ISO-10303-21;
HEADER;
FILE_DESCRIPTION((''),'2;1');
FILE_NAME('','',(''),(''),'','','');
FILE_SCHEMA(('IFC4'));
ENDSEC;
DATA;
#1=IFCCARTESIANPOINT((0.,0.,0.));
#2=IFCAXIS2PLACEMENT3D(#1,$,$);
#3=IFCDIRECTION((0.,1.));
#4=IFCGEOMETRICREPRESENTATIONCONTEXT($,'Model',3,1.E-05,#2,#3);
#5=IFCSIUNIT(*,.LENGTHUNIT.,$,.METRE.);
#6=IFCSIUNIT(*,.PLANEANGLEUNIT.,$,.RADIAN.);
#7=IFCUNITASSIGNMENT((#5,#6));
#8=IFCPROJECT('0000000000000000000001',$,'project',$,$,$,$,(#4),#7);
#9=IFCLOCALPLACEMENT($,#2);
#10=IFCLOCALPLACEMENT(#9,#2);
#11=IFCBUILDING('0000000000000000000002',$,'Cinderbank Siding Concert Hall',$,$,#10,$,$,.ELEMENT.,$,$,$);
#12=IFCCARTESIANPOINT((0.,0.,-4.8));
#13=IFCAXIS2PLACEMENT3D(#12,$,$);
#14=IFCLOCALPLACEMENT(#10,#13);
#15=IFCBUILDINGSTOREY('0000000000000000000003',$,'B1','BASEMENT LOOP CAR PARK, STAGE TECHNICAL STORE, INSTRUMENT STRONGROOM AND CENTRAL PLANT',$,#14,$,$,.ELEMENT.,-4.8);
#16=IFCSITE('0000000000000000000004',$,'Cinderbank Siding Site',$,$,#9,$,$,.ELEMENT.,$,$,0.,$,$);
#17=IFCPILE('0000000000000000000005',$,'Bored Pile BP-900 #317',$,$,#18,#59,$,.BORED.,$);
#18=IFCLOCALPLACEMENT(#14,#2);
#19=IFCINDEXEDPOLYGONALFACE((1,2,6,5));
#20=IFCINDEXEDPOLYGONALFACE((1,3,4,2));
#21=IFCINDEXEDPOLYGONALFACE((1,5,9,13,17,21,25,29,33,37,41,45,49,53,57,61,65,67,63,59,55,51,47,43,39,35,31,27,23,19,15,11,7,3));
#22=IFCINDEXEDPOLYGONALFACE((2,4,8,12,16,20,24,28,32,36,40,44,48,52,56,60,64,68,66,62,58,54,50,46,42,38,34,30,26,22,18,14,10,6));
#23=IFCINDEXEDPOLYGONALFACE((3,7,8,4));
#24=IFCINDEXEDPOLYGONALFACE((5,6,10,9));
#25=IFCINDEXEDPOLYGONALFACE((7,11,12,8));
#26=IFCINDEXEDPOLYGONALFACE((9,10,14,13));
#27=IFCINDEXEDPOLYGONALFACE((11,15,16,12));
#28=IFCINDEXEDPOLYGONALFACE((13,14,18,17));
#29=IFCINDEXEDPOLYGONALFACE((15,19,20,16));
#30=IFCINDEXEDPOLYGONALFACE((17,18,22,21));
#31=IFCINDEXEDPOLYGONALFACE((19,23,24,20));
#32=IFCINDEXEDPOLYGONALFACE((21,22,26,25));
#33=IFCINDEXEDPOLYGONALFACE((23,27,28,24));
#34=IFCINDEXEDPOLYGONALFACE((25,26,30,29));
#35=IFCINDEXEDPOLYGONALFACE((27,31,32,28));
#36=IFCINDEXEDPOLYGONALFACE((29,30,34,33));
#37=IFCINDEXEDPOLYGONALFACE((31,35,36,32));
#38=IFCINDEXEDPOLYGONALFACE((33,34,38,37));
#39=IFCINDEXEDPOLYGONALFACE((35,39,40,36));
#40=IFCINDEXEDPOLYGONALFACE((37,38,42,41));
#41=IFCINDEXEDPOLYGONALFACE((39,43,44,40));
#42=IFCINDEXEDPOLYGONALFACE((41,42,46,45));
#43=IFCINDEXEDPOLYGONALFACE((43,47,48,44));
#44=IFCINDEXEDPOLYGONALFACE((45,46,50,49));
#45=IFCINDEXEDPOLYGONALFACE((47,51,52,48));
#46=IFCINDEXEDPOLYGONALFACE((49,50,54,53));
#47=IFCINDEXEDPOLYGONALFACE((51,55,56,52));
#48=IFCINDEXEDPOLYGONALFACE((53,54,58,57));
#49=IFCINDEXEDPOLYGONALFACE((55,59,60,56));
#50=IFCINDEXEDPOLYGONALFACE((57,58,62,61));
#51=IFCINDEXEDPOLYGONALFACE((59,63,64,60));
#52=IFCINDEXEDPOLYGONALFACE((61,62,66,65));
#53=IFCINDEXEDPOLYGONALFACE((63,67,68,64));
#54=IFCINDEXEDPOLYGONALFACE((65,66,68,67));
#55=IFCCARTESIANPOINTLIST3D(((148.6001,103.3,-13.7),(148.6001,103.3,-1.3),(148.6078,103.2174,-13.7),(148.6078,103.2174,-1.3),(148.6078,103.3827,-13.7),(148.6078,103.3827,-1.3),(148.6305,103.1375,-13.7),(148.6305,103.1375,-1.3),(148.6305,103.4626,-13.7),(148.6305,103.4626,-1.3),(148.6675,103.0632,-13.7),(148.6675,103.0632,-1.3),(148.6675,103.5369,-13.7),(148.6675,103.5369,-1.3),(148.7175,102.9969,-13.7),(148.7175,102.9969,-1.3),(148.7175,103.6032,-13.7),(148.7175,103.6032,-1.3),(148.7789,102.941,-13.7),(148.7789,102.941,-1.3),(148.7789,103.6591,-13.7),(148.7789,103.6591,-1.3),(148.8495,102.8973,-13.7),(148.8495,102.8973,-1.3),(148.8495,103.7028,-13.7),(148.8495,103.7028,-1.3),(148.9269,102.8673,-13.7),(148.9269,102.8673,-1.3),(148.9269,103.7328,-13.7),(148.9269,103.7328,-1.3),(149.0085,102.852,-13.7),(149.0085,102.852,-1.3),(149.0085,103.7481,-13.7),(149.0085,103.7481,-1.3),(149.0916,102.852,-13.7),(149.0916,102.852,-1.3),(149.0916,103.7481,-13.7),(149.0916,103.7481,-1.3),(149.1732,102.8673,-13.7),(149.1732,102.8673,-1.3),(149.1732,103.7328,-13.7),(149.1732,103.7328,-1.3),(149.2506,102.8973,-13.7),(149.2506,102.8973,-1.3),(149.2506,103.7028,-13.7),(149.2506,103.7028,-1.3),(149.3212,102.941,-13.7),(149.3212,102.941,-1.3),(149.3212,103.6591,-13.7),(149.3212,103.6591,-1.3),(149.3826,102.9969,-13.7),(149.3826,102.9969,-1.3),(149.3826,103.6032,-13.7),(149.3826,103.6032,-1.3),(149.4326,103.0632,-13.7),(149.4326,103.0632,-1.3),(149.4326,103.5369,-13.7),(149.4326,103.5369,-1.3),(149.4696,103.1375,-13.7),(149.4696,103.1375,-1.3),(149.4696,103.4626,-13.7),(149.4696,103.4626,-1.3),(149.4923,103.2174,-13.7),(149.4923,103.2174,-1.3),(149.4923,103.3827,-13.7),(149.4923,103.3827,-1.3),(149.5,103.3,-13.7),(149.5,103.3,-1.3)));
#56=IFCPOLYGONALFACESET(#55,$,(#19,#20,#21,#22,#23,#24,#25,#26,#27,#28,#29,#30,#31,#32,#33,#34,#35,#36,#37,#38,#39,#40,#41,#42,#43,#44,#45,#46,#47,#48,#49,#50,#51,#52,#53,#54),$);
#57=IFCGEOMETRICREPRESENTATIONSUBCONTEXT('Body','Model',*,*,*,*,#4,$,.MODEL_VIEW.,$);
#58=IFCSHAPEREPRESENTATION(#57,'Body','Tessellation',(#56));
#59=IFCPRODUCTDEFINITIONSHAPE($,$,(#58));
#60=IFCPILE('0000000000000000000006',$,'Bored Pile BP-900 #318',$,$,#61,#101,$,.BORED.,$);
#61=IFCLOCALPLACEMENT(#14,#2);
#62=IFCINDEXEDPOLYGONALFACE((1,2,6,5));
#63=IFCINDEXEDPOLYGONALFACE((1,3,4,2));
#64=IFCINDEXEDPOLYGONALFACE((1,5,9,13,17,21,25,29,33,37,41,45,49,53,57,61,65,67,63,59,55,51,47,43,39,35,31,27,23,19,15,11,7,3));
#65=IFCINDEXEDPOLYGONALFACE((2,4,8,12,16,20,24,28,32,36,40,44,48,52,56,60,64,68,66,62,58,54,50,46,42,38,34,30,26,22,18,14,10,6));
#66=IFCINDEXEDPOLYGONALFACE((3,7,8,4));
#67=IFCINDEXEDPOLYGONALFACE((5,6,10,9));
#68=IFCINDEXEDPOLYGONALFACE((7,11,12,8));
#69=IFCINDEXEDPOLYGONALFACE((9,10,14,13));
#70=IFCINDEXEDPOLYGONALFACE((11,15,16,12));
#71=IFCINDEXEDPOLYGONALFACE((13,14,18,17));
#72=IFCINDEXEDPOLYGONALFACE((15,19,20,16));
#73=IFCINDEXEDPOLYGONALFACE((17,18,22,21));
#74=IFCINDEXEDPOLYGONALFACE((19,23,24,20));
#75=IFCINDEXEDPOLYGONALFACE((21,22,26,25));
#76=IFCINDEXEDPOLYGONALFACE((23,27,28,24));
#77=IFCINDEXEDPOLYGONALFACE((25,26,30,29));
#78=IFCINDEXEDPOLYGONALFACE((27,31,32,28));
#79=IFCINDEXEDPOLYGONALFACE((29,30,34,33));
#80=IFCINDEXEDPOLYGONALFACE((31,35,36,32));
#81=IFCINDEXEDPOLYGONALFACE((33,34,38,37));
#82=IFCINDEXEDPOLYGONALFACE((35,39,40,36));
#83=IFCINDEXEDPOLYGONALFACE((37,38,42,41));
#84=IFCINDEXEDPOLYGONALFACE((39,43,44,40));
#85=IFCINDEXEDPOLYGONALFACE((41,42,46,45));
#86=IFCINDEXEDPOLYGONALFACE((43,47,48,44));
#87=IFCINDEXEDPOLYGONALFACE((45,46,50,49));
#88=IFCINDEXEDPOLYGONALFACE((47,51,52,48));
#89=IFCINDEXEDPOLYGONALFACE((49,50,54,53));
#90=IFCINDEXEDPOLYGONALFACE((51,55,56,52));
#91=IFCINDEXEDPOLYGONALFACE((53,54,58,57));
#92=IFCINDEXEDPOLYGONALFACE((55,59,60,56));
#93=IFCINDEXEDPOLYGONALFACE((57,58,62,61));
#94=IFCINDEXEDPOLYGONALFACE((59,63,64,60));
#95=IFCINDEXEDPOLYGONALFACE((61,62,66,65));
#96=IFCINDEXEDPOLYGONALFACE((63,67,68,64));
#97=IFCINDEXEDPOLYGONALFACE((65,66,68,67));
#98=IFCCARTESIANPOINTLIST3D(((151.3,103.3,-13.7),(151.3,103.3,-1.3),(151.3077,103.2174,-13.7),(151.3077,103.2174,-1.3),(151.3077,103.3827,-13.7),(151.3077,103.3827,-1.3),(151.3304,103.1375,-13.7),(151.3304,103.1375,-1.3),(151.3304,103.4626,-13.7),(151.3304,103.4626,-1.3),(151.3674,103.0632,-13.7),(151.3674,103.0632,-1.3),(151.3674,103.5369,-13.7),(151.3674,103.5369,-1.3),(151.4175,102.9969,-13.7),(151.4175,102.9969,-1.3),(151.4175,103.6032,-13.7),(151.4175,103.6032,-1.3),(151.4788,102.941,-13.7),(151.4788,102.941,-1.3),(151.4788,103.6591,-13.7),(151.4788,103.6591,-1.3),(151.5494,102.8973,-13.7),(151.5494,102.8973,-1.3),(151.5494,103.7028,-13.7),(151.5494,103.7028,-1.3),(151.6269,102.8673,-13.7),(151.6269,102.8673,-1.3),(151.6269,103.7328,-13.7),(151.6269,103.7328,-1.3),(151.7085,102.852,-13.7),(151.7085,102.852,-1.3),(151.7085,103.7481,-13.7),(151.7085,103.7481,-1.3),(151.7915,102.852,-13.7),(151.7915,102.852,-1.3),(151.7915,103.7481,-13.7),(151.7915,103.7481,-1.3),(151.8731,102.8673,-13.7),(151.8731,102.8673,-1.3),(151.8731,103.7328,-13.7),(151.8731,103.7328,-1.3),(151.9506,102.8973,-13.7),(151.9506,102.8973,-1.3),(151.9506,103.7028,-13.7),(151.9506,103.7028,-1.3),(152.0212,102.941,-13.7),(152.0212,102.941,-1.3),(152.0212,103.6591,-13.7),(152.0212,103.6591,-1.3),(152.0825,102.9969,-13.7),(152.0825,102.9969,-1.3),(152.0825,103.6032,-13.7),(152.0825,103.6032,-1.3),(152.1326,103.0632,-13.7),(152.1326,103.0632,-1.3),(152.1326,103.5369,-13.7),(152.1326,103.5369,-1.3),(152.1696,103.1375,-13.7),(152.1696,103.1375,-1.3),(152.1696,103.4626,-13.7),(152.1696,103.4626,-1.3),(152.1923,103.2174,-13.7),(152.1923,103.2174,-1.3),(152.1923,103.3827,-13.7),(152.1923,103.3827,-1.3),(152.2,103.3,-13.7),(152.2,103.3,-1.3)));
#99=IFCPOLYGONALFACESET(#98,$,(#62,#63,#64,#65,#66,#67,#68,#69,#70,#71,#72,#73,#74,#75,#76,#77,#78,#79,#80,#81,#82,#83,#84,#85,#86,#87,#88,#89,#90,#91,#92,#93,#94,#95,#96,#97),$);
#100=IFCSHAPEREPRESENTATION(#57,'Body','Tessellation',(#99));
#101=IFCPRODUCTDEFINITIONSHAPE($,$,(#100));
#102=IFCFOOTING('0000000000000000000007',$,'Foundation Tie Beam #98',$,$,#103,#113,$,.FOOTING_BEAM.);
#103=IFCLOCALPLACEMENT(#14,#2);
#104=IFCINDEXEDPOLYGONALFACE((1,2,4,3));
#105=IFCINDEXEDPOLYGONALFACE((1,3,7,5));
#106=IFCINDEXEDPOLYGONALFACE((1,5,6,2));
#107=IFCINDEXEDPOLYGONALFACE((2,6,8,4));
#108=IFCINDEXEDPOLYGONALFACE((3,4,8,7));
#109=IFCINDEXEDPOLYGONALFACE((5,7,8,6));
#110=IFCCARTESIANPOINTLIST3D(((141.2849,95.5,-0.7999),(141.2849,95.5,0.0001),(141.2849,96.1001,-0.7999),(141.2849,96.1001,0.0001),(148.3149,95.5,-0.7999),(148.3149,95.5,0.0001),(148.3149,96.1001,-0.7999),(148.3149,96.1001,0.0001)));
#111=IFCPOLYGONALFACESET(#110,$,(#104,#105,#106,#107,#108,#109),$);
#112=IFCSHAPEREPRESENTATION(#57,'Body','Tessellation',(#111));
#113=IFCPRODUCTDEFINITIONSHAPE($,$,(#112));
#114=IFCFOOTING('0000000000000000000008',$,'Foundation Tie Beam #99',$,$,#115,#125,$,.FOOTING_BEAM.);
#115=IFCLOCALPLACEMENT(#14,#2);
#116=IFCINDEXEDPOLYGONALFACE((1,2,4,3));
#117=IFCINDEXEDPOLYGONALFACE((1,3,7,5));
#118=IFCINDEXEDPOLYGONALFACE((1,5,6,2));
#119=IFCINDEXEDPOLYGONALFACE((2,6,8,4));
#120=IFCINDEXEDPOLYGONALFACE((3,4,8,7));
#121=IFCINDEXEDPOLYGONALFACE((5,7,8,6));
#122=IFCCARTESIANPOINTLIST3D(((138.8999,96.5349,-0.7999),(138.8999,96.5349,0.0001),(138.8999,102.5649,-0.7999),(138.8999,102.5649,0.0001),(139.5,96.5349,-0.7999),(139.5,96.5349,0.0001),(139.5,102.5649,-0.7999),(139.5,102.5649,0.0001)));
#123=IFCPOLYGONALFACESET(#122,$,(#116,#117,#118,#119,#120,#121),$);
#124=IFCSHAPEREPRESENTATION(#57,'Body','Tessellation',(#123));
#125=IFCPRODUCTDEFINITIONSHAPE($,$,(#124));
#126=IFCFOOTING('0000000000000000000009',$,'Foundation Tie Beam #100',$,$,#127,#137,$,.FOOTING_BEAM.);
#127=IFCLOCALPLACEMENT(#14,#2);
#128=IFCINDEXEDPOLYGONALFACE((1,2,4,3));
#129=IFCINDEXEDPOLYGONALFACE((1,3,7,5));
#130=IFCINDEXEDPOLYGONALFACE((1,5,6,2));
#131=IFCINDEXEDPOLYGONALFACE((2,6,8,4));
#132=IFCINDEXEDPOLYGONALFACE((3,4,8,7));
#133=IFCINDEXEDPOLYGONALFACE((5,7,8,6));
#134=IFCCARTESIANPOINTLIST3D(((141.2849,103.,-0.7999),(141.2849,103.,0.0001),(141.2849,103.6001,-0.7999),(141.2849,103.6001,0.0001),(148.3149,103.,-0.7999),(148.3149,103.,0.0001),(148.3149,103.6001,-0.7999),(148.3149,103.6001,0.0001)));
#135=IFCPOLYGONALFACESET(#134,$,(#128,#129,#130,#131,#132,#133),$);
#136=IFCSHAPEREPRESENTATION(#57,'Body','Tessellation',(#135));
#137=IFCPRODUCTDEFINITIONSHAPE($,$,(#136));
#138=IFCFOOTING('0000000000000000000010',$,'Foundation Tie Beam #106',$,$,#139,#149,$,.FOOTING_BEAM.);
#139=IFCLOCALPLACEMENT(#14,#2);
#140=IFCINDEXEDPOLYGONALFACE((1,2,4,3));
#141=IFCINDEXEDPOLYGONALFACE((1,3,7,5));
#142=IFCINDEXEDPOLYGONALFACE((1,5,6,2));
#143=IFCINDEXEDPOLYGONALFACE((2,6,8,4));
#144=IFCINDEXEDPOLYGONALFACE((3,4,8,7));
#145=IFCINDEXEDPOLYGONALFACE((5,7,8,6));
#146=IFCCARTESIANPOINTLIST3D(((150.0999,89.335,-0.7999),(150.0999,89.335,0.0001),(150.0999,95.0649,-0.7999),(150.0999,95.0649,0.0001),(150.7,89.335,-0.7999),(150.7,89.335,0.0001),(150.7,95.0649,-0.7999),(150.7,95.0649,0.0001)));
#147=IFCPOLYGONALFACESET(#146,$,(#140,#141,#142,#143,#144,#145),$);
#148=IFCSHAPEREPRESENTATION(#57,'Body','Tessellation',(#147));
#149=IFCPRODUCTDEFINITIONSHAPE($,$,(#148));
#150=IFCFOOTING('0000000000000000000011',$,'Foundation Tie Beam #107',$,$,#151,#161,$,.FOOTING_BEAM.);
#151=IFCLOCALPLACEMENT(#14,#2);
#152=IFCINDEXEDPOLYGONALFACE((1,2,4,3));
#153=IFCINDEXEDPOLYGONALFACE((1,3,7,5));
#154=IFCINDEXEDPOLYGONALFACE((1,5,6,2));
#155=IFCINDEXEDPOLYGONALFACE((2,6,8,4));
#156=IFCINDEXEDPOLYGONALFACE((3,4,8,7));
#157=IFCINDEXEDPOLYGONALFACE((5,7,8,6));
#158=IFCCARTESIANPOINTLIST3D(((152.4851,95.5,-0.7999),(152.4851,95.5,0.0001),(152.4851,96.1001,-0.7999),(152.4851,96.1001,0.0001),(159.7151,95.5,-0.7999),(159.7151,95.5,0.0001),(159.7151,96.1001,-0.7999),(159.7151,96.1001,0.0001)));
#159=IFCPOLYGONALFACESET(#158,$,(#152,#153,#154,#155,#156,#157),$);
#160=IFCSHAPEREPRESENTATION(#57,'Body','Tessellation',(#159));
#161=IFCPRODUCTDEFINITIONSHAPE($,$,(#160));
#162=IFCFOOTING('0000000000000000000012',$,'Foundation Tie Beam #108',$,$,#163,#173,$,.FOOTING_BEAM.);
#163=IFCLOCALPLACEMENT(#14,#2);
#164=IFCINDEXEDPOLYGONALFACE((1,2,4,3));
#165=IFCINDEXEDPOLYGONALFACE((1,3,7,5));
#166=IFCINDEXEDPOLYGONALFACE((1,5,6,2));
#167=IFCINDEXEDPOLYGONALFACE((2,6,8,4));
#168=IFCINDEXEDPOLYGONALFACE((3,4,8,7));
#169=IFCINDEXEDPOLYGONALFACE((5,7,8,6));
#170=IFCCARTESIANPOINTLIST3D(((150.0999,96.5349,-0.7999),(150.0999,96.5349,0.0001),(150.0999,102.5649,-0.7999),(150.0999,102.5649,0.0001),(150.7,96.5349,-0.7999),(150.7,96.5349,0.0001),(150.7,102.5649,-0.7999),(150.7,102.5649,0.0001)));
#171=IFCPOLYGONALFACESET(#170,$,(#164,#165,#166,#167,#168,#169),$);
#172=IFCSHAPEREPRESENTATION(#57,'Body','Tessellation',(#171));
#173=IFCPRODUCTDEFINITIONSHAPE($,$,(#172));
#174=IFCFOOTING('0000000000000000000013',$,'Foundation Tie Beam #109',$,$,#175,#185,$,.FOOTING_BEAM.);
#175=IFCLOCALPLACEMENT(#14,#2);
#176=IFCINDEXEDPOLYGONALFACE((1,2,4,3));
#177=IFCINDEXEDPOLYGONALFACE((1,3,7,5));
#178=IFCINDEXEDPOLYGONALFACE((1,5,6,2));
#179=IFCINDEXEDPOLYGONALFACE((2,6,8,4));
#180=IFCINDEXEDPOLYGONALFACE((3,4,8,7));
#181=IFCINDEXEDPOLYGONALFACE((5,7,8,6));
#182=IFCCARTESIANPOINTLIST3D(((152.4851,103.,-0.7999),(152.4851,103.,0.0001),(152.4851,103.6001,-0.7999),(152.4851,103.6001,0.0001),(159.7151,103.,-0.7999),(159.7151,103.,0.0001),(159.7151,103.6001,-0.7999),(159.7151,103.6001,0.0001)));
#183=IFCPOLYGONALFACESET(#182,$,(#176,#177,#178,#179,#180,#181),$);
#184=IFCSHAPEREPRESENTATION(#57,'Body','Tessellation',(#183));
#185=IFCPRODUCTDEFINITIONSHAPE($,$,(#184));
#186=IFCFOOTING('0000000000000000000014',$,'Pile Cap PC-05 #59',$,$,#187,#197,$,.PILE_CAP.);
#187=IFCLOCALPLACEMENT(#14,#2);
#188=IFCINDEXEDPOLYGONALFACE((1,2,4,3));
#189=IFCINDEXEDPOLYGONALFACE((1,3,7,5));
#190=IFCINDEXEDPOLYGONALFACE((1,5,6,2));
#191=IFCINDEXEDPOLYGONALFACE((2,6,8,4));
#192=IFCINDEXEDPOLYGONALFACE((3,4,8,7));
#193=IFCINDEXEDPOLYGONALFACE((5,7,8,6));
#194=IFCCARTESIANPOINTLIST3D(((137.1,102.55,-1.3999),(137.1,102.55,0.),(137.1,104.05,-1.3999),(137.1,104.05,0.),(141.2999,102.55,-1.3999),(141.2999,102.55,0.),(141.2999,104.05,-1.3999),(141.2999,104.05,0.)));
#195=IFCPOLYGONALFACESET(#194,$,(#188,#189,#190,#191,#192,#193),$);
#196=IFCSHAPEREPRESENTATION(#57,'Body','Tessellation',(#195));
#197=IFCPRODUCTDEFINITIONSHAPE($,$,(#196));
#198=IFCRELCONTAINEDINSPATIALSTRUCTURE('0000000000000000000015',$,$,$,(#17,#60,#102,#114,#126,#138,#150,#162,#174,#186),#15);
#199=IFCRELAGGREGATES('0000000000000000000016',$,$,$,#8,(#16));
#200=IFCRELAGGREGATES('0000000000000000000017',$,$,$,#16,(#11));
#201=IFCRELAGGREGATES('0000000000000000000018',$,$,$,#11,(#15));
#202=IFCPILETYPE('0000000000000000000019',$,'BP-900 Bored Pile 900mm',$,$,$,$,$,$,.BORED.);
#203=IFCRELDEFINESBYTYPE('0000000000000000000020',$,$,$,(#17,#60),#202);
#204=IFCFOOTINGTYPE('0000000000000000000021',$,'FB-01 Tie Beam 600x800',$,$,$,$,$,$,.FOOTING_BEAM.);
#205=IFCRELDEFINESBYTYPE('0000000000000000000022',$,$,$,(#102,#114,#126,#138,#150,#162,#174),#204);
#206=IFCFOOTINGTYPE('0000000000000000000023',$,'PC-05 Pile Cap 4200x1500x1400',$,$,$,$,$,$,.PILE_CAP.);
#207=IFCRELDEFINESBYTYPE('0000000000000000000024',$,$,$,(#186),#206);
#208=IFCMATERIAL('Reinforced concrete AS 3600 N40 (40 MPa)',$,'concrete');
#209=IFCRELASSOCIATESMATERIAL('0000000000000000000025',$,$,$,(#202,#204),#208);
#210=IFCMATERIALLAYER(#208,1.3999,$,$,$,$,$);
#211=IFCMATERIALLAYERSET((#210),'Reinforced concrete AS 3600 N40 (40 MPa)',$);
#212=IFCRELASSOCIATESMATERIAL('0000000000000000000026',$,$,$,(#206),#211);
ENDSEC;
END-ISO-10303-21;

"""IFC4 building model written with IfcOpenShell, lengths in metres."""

from ifc_helpers import new_model, si_unit, direction, frame, origin, origin_2d, place, context, subcontext, project, spatial, rectangle, circle, extrude, material, layer, layer_set, material_profile, profile_set, type_object, element, save


model = new_model("IFC4")

# Units and contexts
model_context = context("Model", 3, precision=1e-05, world=origin(), true_north=direction((0.0, 1.0)))
body_context = subcontext(model_context, "Body", "Model", "MODEL_VIEW")
ifc_project = project(units=[si_unit("LENGTHUNIT", "METRE"), si_unit("PLANEANGLEUNIT", "RADIAN")], contexts=[model_context])

# Site, building, storey
site_placement = place(None, origin())
site = spatial("IfcSite", under=ifc_project, at=site_placement, Name="Cinderbank Siding Site", CompositionType="ELEMENT", RefElevation=0.0)
building_placement = place(site_placement, origin())
building = spatial("IfcBuilding", under=site, at=building_placement, Name="Cinderbank Siding Concert Hall", CompositionType="ELEMENT")
storey_placement = place(building_placement, frame((0.0, 0.0, -4.8)))
storey = spatial("IfcBuildingStorey", under=building, at=storey_placement, Name="B1", Description="BASEMENT LOOP CAR PARK, STAGE TECHNICAL STORE, INSTRUMENT STRONGROOM AND CENTRAL PLANT", CompositionType="ELEMENT", Elevation=-4.8)

# Piles
ifc_material_1 = material(Name="Reinforced concrete AS 3600 N40 (40 MPa)", Category="concrete")
ifc_material_profile_1 = material_profile(ifc_material_1, circle(Radius=0.45, at=origin_2d()), Name="PILE-900DIA", Category="LoadBearing")
ifc_profile_set_1 = profile_set([ifc_material_profile_1], Name="Reinforced concrete AS 3600 N40 (40 MPa)")
pile_type = type_object("IfcPileType", Name="BP-900 Bored Pile 900mm", PredefinedType="BORED", material=ifc_profile_set_1)
for number, where, z_axis, x_axis, name in (
    (1, (149.05, 103.3, -1.3), (0.0, 0.0, -1.0), (1.0, 0.0, 0.0), "Bored Pile BP-900 #317"),
    (2, (151.75, 103.3, -1.3), (0.0, 0.0, -1.0), (1.0, 0.0, 0.0), "Bored Pile BP-900 #318"),
):
    element("IfcPile", number, at=place(storey_placement, frame(where, z_axis=z_axis, x_axis=x_axis)), inside=storey, type_object=pile_type, Name=name, PredefinedType="BORED", context=body_context, shape_type="SweptSolid", body=[
        extrude(circle(Radius=0.45, at=origin_2d()), origin(), (0.0, 0.0, 1.0), 12.3999),
    ])

# Footings
ifc_material_profile_2 = material_profile(ifc_material_1, rectangle(XDim=0.6001, YDim=0.8, at=origin_2d()), Name="RC-FB-600x800", Category="LoadBearing")
ifc_profile_set_2 = profile_set([ifc_material_profile_2], Name="Reinforced concrete AS 3600 N40 (40 MPa)")
footing_type_1 = type_object("IfcFootingType", Name="FB-01 Tie Beam 600x800", PredefinedType="FOOTING_BEAM", material=ifc_profile_set_2)
footing_1_placement = place(storey_placement, frame((141.2849, 95.8, -0.3999), z_axis=(1.0, 0.0, 0.0), x_axis=(0.0, 1.0, 0.0)))
element("IfcFooting", 3, at=footing_1_placement, inside=storey, type_object=footing_type_1, Name="Foundation Tie Beam #98", PredefinedType="FOOTING_BEAM", context=body_context, shape_type="SweptSolid", body=[
    extrude(rectangle(XDim=0.6001, YDim=0.8, at=origin_2d()), origin(), (0.0, 0.0, 1.0), 7.03),
])
footing_2_placement = place(storey_placement, frame((139.2, 96.5349, -0.3999), z_axis=(0.0, 1.0, 0.0), x_axis=(-1.0, 0.0, 0.0)))
element("IfcFooting", 4, at=footing_2_placement, inside=storey, type_object=footing_type_1, Name="Foundation Tie Beam #99", PredefinedType="FOOTING_BEAM", context=body_context, shape_type="SweptSolid", body=[
    extrude(rectangle(XDim=0.6001, YDim=0.8, at=origin_2d()), origin(), (0.0, 0.0, 1.0), 6.03),
])
footing_3_placement = place(storey_placement, frame((141.2849, 103.3, -0.3999), z_axis=(1.0, 0.0, 0.0), x_axis=(0.0, 1.0, 0.0)))
element("IfcFooting", 5, at=footing_3_placement, inside=storey, type_object=footing_type_1, Name="Foundation Tie Beam #100", PredefinedType="FOOTING_BEAM", context=body_context, shape_type="SweptSolid", body=[
    extrude(rectangle(XDim=0.6001, YDim=0.8, at=origin_2d()), origin(), (0.0, 0.0, 1.0), 7.03),
])
footing_4_placement = place(storey_placement, frame((150.3999, 89.335, -0.3999), z_axis=(0.0, 1.0, 0.0), x_axis=(-1.0, 0.0, 0.0)))
element("IfcFooting", 6, at=footing_4_placement, inside=storey, type_object=footing_type_1, Name="Foundation Tie Beam #106", PredefinedType="FOOTING_BEAM", context=body_context, shape_type="SweptSolid", body=[
    extrude(rectangle(XDim=0.6001, YDim=0.8, at=origin_2d()), origin(), (0.0, 0.0, 1.0), 5.73),
])
footing_5_placement = place(storey_placement, frame((152.4851, 95.8, -0.3999), z_axis=(1.0, 0.0, 0.0), x_axis=(0.0, 1.0, 0.0)))
element("IfcFooting", 7, at=footing_5_placement, inside=storey, type_object=footing_type_1, Name="Foundation Tie Beam #107", PredefinedType="FOOTING_BEAM", context=body_context, shape_type="SweptSolid", body=[
    extrude(rectangle(XDim=0.6001, YDim=0.8, at=origin_2d()), origin(), (0.0, 0.0, 1.0), 7.23),
])
footing_6_placement = place(storey_placement, frame((150.3999, 96.5349, -0.3999), z_axis=(0.0, 1.0, 0.0), x_axis=(-1.0, 0.0, 0.0)))
element("IfcFooting", 8, at=footing_6_placement, inside=storey, type_object=footing_type_1, Name="Foundation Tie Beam #108", PredefinedType="FOOTING_BEAM", context=body_context, shape_type="SweptSolid", body=[
    extrude(rectangle(XDim=0.6001, YDim=0.8, at=origin_2d()), origin(), (0.0, 0.0, 1.0), 6.03),
])
footing_7_placement = place(storey_placement, frame((152.4851, 103.3, -0.3999), z_axis=(1.0, 0.0, 0.0), x_axis=(0.0, 1.0, 0.0)))
element("IfcFooting", 9, at=footing_7_placement, inside=storey, type_object=footing_type_1, Name="Foundation Tie Beam #109", PredefinedType="FOOTING_BEAM", context=body_context, shape_type="SweptSolid", body=[
    extrude(rectangle(XDim=0.6001, YDim=0.8, at=origin_2d()), origin(), (0.0, 0.0, 1.0), 7.23),
])
ifc_layer = layer(ifc_material_1, 1.3999)
ifc_layer_set = layer_set([ifc_layer], Name="Reinforced concrete AS 3600 N40 (40 MPa)")
footing_type_2 = type_object("IfcFootingType", Name="PC-05 Pile Cap 4200x1500x1400", PredefinedType="PILE_CAP", material=ifc_layer_set)
for number, where, z_axis, x_axis, name in (
    (10, (139.2, 103.3, -1.3999), (0.0, 0.0, 1.0), (1.0, 0.0, 0.0), "Pile Cap PC-05 #59"),
):
    element("IfcFooting", number, at=place(storey_placement, frame(where, z_axis=z_axis, x_axis=x_axis)), inside=storey, type_object=footing_type_2, Name=name, PredefinedType="PILE_CAP", context=body_context, shape_type="SweptSolid", body=[
        extrude(rectangle(XDim=4.2, YDim=1.5, at=origin_2d()), origin(), (0.0, 0.0, 1.0), 1.3999),
    ])

save(model, "model.ifc")
